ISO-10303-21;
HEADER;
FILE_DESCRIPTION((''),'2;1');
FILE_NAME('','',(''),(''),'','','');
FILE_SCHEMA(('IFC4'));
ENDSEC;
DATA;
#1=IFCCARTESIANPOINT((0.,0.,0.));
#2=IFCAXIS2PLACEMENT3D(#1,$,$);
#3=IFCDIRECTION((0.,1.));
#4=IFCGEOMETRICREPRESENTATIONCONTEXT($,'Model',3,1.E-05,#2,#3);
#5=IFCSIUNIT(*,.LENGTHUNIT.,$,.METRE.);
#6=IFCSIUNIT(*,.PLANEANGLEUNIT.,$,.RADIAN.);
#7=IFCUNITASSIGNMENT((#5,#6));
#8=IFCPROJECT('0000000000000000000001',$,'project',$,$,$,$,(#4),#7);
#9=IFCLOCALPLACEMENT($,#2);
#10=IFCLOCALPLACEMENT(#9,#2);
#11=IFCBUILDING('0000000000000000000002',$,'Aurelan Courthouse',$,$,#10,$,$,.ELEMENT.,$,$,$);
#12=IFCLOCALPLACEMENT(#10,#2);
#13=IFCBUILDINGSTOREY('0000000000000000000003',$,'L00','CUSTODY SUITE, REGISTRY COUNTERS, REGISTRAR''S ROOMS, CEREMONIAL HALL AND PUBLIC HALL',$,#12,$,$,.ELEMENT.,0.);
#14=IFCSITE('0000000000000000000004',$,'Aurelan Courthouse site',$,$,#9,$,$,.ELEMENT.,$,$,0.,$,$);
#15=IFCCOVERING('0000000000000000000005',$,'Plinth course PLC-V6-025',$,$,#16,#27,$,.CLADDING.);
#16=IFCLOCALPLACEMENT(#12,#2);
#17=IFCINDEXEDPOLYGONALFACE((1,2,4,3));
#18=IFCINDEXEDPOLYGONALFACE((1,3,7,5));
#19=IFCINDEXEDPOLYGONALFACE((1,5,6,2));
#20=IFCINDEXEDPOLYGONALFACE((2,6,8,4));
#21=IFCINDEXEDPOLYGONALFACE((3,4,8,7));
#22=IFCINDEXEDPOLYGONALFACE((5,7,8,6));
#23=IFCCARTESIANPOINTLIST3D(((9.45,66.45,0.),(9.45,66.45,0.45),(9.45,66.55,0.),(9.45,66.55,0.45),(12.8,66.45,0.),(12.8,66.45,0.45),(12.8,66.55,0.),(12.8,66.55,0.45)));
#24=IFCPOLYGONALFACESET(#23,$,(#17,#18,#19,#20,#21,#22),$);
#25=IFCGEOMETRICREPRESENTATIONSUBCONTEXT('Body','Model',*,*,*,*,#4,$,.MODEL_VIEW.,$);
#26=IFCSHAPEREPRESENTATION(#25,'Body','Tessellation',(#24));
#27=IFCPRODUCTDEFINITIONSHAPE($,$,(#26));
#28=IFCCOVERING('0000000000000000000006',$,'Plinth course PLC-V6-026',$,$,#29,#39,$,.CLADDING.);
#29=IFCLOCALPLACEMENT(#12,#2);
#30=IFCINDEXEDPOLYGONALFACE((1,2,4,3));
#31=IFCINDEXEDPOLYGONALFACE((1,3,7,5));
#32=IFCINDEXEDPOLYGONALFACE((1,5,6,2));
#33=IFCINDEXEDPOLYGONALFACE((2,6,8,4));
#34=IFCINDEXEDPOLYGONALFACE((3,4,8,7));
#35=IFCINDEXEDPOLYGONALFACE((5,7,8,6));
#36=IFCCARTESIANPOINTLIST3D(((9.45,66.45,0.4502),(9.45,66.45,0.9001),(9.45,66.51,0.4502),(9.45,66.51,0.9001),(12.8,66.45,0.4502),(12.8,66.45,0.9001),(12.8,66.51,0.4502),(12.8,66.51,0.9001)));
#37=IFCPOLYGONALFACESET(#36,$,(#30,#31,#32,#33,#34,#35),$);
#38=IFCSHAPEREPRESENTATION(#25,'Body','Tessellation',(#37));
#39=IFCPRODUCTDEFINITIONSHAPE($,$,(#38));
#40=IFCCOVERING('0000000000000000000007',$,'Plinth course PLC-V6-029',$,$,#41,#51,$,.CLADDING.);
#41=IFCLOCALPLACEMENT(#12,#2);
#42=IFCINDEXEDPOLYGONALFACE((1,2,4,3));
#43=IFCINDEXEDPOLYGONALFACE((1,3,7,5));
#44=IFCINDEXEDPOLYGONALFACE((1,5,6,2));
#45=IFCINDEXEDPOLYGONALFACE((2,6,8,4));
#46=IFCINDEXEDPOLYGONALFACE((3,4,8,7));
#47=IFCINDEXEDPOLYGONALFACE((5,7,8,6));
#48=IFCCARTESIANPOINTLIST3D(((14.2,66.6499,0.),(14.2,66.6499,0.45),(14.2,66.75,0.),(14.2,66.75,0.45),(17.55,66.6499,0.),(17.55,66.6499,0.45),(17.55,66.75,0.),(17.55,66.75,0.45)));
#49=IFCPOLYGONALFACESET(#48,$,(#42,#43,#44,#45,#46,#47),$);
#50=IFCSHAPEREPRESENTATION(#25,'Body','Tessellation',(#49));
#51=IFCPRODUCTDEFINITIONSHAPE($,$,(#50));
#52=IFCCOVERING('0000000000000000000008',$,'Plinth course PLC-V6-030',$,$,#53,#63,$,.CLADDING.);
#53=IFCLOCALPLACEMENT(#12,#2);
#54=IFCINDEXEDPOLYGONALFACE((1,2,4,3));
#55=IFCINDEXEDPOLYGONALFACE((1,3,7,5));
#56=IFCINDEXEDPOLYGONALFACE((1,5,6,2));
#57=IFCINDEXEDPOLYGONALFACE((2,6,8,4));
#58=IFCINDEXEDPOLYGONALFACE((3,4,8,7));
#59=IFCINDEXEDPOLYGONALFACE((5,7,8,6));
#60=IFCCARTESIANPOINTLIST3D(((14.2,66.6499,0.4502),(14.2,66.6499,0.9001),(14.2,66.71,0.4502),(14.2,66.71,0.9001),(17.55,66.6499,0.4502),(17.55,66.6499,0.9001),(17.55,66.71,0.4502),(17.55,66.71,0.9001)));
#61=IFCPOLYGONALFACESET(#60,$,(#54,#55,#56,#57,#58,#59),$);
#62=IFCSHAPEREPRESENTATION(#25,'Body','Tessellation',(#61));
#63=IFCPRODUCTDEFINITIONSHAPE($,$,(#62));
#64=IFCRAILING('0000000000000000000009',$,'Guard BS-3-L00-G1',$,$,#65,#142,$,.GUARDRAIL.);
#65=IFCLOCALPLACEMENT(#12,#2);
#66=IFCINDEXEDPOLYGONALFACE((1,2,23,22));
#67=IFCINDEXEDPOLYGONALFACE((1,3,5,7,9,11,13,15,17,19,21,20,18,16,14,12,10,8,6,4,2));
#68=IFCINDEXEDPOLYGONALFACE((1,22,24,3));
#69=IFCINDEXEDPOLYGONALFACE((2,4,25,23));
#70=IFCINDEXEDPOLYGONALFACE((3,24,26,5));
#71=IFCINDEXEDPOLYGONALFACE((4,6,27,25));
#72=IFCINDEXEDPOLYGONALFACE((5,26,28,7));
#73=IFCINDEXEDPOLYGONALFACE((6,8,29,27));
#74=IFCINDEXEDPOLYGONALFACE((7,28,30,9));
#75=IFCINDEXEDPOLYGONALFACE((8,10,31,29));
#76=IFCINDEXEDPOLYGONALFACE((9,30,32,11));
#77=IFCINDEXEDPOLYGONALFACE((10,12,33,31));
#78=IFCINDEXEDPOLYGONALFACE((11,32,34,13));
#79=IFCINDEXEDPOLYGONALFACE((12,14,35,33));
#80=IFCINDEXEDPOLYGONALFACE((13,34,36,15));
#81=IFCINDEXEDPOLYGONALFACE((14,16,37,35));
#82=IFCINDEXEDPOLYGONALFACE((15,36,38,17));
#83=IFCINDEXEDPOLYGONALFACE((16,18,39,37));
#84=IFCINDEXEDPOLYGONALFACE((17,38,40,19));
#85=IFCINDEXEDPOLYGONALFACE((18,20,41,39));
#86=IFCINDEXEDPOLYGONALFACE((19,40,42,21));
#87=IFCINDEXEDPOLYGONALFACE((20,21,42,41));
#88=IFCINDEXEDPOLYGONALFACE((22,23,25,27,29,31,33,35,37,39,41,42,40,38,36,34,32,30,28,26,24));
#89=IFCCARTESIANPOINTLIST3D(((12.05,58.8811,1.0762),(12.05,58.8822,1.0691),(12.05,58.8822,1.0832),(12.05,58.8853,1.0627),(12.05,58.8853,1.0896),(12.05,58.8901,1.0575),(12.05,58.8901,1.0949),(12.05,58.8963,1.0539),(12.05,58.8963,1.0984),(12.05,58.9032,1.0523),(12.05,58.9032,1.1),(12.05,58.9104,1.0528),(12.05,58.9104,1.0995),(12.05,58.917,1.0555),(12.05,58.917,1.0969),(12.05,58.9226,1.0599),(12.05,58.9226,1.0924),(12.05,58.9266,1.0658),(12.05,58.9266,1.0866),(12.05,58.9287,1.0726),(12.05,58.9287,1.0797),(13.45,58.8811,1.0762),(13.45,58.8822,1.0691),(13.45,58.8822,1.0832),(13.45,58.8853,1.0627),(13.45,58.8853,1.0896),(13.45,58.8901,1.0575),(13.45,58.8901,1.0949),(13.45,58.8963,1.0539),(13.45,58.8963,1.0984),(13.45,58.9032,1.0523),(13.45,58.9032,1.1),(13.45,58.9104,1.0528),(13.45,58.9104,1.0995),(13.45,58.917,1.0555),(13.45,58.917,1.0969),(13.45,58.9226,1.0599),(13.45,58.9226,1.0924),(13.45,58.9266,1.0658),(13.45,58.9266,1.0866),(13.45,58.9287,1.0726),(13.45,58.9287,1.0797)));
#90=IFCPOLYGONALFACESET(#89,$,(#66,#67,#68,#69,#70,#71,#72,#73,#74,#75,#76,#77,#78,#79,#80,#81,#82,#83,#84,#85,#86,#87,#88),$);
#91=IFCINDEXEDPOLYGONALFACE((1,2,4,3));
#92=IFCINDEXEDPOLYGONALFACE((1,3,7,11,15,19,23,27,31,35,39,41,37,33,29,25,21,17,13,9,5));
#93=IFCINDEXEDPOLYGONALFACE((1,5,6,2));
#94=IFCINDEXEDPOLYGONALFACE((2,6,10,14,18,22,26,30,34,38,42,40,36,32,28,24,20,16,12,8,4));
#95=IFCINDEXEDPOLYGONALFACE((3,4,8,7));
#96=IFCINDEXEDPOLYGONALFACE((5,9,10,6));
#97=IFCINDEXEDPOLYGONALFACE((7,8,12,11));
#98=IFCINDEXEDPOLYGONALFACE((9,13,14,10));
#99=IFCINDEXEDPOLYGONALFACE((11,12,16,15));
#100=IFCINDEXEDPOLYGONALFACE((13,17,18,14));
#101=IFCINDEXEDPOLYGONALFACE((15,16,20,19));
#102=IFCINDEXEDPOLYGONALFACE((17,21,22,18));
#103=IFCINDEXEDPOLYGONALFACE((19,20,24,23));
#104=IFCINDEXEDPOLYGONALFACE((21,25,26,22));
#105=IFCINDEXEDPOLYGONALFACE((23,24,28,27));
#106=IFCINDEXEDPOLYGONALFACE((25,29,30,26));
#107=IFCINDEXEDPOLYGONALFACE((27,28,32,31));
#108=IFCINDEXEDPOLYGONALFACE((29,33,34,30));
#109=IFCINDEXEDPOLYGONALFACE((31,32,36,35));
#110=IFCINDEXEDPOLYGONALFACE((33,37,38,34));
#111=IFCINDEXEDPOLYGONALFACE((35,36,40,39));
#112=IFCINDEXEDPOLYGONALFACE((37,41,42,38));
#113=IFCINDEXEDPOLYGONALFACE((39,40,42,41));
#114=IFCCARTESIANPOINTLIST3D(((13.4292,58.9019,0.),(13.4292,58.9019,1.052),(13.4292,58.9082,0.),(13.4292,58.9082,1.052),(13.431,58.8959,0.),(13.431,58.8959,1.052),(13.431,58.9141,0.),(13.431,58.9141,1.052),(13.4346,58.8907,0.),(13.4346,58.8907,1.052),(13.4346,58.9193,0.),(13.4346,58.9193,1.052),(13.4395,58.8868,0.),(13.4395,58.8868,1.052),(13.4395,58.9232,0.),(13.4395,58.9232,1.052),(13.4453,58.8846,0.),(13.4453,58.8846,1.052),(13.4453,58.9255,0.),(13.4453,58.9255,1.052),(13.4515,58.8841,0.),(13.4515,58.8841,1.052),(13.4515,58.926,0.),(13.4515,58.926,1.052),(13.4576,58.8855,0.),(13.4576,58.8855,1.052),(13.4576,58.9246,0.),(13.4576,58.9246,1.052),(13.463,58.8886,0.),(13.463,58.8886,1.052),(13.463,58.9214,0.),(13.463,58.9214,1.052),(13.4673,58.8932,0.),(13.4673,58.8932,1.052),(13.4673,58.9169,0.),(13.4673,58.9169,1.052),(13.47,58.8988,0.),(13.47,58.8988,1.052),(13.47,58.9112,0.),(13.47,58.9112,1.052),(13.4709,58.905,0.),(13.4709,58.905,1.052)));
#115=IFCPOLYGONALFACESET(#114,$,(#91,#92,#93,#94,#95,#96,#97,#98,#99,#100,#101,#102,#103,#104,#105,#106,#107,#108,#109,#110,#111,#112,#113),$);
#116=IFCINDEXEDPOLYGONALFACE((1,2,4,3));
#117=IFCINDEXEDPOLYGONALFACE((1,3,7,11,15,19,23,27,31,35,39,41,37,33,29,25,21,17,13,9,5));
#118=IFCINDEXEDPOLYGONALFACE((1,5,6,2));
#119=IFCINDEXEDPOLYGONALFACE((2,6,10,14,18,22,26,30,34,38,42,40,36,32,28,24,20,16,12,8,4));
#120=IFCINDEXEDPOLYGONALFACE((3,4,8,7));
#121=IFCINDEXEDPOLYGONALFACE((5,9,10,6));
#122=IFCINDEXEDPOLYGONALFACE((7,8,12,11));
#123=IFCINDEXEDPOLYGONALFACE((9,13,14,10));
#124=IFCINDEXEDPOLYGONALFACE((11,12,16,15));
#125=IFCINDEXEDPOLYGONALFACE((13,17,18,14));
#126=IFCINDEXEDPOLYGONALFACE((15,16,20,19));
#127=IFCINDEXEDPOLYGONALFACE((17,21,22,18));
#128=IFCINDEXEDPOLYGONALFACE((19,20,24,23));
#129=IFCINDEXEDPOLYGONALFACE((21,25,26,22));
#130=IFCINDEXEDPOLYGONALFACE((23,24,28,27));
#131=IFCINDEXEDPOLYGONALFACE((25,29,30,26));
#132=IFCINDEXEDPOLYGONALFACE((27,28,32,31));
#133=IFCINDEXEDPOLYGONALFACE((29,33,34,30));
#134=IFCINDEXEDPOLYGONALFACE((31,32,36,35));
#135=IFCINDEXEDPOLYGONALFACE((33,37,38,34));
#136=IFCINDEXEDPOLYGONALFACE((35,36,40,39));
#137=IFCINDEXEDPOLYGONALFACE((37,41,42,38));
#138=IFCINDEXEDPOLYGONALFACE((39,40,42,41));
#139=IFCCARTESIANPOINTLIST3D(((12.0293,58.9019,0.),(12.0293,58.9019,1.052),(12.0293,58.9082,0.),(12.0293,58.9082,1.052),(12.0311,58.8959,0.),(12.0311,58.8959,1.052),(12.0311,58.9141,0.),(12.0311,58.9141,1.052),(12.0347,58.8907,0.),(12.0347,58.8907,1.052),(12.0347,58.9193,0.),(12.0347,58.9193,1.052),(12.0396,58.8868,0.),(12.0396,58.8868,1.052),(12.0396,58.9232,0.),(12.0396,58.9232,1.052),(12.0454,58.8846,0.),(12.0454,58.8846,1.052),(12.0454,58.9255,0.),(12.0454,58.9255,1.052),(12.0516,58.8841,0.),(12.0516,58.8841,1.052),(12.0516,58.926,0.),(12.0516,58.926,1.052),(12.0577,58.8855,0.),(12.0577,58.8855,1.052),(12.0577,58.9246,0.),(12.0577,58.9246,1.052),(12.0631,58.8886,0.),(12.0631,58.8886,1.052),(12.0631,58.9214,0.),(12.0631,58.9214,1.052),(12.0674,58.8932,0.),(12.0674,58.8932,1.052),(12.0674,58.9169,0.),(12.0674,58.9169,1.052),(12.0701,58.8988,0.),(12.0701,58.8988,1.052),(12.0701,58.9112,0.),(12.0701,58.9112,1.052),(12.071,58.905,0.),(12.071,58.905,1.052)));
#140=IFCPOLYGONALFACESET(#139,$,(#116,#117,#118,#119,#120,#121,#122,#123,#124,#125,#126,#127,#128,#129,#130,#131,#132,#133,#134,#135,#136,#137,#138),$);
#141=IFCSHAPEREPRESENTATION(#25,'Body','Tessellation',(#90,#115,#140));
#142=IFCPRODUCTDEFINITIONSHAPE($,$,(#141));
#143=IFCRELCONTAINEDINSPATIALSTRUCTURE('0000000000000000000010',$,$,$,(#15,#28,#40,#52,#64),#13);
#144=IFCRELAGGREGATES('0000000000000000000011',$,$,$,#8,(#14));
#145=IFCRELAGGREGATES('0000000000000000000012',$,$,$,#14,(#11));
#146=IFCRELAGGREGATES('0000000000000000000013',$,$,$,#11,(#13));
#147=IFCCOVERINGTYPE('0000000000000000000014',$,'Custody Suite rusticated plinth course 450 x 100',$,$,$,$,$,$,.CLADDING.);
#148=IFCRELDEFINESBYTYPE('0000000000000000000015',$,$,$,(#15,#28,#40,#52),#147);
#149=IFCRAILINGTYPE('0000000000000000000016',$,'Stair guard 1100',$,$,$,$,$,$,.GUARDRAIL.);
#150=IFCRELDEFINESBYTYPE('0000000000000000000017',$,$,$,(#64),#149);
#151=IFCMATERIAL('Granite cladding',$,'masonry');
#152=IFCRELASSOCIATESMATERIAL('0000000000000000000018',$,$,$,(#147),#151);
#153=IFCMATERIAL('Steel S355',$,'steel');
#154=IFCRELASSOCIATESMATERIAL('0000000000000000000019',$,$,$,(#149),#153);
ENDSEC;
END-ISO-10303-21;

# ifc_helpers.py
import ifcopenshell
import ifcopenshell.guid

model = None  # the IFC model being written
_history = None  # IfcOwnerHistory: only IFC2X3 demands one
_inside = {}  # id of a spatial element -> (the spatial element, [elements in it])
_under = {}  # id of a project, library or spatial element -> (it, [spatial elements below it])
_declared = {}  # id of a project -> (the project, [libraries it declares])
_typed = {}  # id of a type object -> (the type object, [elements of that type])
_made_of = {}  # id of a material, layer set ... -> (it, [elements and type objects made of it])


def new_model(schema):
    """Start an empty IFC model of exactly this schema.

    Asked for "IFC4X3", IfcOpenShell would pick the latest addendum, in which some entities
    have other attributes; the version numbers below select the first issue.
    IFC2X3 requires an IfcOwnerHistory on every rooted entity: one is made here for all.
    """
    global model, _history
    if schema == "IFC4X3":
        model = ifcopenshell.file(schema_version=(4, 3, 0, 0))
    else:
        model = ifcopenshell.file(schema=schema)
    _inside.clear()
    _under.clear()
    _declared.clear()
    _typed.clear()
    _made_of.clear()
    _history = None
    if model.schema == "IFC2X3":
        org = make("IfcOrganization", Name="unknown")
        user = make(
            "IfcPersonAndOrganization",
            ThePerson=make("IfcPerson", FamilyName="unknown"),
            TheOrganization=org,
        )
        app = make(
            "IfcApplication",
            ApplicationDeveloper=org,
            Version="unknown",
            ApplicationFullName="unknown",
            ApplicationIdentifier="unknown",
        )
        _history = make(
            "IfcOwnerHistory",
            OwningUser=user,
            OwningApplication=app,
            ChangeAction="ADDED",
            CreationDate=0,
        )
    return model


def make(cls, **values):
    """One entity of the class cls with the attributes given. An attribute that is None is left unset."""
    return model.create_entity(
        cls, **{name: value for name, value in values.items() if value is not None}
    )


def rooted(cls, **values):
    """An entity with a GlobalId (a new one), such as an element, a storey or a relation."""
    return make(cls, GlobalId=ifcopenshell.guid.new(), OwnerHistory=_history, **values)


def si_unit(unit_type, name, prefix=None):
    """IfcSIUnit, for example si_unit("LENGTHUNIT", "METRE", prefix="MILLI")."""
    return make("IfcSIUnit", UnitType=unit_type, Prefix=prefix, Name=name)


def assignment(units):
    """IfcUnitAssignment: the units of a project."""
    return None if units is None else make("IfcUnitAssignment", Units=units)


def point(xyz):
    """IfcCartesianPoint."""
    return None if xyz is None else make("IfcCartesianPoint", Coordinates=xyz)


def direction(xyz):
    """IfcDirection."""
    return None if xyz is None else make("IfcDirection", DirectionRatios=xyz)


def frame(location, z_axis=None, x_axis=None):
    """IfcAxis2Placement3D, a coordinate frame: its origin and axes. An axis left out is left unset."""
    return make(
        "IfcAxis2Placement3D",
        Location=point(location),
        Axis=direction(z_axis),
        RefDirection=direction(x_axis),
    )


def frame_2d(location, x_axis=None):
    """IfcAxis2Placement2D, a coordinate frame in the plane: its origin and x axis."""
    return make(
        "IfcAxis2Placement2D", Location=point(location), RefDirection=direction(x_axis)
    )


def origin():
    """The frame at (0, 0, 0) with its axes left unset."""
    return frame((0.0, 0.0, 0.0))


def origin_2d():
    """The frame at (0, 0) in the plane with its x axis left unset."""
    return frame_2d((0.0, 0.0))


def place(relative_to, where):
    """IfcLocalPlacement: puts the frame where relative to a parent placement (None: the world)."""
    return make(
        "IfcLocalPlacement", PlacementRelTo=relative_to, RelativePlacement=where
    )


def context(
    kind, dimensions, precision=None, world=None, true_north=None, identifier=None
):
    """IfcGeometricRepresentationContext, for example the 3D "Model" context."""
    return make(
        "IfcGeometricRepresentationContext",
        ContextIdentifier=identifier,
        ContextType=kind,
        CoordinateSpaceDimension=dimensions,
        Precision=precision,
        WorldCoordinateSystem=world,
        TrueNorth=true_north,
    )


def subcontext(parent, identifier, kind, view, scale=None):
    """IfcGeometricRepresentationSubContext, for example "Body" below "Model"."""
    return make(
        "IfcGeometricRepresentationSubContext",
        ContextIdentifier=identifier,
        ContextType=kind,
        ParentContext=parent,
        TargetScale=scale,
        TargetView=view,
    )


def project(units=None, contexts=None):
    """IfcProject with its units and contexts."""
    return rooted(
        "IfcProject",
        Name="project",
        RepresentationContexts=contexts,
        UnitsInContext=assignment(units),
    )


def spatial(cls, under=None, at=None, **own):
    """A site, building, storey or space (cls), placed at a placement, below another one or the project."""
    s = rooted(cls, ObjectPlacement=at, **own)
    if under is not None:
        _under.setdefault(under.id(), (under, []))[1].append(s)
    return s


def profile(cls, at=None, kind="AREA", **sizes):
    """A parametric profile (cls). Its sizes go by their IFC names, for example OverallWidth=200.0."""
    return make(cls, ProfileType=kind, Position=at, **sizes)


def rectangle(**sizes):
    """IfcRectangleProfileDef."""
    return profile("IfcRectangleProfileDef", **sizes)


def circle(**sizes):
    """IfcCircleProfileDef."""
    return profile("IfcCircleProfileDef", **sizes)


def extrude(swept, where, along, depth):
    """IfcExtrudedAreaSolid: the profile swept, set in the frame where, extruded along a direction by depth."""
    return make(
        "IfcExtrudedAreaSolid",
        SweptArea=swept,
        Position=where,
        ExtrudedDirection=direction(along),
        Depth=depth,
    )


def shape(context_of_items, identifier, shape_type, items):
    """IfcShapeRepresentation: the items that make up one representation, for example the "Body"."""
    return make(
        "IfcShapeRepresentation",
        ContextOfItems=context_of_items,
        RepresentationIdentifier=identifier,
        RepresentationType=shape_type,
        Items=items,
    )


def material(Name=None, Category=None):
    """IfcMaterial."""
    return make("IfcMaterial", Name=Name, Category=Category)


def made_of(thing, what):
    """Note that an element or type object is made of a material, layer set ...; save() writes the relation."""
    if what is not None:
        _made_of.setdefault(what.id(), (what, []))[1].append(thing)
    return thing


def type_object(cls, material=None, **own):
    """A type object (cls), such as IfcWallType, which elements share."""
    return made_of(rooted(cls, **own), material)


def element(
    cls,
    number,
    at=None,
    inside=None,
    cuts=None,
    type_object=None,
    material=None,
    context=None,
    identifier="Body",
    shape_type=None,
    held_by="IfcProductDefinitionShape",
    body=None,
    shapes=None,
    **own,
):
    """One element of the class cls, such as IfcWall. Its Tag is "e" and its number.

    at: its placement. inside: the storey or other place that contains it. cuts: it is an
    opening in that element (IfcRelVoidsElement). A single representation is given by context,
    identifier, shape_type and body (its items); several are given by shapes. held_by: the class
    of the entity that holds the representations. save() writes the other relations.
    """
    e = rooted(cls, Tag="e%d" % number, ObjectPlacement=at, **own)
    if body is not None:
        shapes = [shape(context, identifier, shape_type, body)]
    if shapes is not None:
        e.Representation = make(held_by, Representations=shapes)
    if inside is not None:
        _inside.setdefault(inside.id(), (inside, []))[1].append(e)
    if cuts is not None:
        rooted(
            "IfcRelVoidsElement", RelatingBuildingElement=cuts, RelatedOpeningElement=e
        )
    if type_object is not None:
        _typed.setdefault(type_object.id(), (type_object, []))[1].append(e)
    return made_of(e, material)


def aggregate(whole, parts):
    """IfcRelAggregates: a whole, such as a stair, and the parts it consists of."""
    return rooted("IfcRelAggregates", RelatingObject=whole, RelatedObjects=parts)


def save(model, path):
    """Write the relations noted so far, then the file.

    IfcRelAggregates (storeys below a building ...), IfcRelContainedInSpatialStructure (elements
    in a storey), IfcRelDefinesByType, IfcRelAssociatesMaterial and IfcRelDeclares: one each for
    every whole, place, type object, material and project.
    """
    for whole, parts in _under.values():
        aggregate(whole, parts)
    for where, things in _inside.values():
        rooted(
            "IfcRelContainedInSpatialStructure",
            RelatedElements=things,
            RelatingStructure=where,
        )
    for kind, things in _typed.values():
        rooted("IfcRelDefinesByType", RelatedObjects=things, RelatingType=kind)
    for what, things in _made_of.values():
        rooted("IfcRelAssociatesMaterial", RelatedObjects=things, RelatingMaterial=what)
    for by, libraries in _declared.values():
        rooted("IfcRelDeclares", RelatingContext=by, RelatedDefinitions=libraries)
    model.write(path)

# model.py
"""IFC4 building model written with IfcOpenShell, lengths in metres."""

from ifc_helpers import new_model, si_unit, direction, frame, origin, origin_2d, place, context, subcontext, project, spatial, rectangle, circle, extrude, material, type_object, element, save


model = new_model("IFC4")

# Units and contexts
model_context = context("Model", 3, precision=1e-05, world=origin(), true_north=direction((0.0, 1.0)))
body_context = subcontext(model_context, "Body", "Model", "MODEL_VIEW")
ifc_project = project(units=[si_unit("LENGTHUNIT", "METRE"), si_unit("PLANEANGLEUNIT", "RADIAN")], contexts=[model_context])

# Site, building, storey
site_placement = place(None, origin())
site = spatial("IfcSite", under=ifc_project, at=site_placement, Name="Aurelan Courthouse site", CompositionType="ELEMENT", RefElevation=0.0)
building_placement = place(site_placement, origin())
building = spatial("IfcBuilding", under=site, at=building_placement, Name="Aurelan Courthouse", CompositionType="ELEMENT")
storey_placement = place(building_placement, origin())
storey = spatial("IfcBuildingStorey", under=building, at=storey_placement, Name="L00", Description="CUSTODY SUITE, REGISTRY COUNTERS, REGISTRAR'S ROOMS, CEREMONIAL HALL AND PUBLIC HALL", CompositionType="ELEMENT", Elevation=0.0)

# Shared definitions
ifc_material_1 = material(Name="Granite cladding", Category="masonry")

# Coverings
covering_type_1 = type_object("IfcCoveringType", Name="Custody Suite rusticated plinth course 450 x 100", PredefinedType="CLADDING", material=ifc_material_1)
covering_1_placement = place(storey_placement, frame((11.125, 66.5, 0.0), z_axis=(0.0, 0.0, 1.0), x_axis=(1.0, 0.0, 0.0)))
element("IfcCovering", 1, at=covering_1_placement, inside=storey, type_object=covering_type_1, Name="Plinth course PLC-V6-025", PredefinedType="CLADDING", context=body_context, shape_type="SweptSolid", body=[
    extrude(rectangle(XDim=3.3501, YDim=0.1001, at=origin_2d()), origin(), (0.0, 0.0, 1.0), 0.45),
])
covering_2_placement = place(storey_placement, frame((11.125, 66.48, 0.4502), z_axis=(0.0, 0.0, 1.0), x_axis=(1.0, 0.0, 0.0)))
element("IfcCovering", 2, at=covering_2_placement, inside=storey, type_object=covering_type_1, Name="Plinth course PLC-V6-026", PredefinedType="CLADDING", context=body_context, shape_type="SweptSolid", body=[
    extrude(rectangle(XDim=3.3501, YDim=0.0601, at=origin_2d()), origin(), (0.0, 0.0, 1.0), 0.45),
])
covering_3_placement = place(storey_placement, frame((15.875, 66.7, 0.0), z_axis=(0.0, 0.0, 1.0), x_axis=(1.0, 0.0, 0.0)))
element("IfcCovering", 3, at=covering_3_placement, inside=storey, type_object=covering_type_1, Name="Plinth course PLC-V6-029", PredefinedType="CLADDING", context=body_context, shape_type="SweptSolid", body=[
    extrude(rectangle(XDim=3.3501, YDim=0.1001, at=origin_2d()), origin(), (0.0, 0.0, 1.0), 0.45),
])
covering_4_placement = place(storey_placement, frame((15.875, 66.6799, 0.4502), z_axis=(0.0, 0.0, 1.0), x_axis=(1.0, 0.0, 0.0)))
element("IfcCovering", 4, at=covering_4_placement, inside=storey, type_object=covering_type_1, Name="Plinth course PLC-V6-030", PredefinedType="CLADDING", context=body_context, shape_type="SweptSolid", body=[
    extrude(rectangle(XDim=3.3501, YDim=0.0601, at=origin_2d()), origin(), (0.0, 0.0, 1.0), 0.45),
])

# Railing
ifc_material_2 = material(Name="Steel S355", Category="steel")
railing_type = type_object("IfcRailingType", Name="Stair guard 1100", PredefinedType="GUARDRAIL", material=ifc_material_2)
railing_1_placement = place(storey_placement, frame((13.45, 58.905, 0.0)))
element("IfcRailing", 5, at=railing_1_placement, inside=storey, type_object=railing_type, Name="Guard BS-3-L00-G1", PredefinedType="GUARDRAIL", context=body_context, shape_type="SweptSolid", body=[
    extrude(circle(Radius=0.0239, at=origin_2d()), frame((0.0, 0.0, 1.0762), z_axis=(-1.0, 0.0, 0.0), x_axis=(0.0, -1.0, 0.0)), (0.0, 0.0, 1.0), 1.3999),
    extrude(circle(Radius=0.021, at=origin_2d()), origin(), (0.0, 0.0, 1.0), 1.052),
    extrude(circle(Radius=0.021, at=origin_2d()), frame((-1.3999, 0.0, 0.0)), (0.0, 0.0, 1.0), 1.052),
])

save(model, "model.ifc")
